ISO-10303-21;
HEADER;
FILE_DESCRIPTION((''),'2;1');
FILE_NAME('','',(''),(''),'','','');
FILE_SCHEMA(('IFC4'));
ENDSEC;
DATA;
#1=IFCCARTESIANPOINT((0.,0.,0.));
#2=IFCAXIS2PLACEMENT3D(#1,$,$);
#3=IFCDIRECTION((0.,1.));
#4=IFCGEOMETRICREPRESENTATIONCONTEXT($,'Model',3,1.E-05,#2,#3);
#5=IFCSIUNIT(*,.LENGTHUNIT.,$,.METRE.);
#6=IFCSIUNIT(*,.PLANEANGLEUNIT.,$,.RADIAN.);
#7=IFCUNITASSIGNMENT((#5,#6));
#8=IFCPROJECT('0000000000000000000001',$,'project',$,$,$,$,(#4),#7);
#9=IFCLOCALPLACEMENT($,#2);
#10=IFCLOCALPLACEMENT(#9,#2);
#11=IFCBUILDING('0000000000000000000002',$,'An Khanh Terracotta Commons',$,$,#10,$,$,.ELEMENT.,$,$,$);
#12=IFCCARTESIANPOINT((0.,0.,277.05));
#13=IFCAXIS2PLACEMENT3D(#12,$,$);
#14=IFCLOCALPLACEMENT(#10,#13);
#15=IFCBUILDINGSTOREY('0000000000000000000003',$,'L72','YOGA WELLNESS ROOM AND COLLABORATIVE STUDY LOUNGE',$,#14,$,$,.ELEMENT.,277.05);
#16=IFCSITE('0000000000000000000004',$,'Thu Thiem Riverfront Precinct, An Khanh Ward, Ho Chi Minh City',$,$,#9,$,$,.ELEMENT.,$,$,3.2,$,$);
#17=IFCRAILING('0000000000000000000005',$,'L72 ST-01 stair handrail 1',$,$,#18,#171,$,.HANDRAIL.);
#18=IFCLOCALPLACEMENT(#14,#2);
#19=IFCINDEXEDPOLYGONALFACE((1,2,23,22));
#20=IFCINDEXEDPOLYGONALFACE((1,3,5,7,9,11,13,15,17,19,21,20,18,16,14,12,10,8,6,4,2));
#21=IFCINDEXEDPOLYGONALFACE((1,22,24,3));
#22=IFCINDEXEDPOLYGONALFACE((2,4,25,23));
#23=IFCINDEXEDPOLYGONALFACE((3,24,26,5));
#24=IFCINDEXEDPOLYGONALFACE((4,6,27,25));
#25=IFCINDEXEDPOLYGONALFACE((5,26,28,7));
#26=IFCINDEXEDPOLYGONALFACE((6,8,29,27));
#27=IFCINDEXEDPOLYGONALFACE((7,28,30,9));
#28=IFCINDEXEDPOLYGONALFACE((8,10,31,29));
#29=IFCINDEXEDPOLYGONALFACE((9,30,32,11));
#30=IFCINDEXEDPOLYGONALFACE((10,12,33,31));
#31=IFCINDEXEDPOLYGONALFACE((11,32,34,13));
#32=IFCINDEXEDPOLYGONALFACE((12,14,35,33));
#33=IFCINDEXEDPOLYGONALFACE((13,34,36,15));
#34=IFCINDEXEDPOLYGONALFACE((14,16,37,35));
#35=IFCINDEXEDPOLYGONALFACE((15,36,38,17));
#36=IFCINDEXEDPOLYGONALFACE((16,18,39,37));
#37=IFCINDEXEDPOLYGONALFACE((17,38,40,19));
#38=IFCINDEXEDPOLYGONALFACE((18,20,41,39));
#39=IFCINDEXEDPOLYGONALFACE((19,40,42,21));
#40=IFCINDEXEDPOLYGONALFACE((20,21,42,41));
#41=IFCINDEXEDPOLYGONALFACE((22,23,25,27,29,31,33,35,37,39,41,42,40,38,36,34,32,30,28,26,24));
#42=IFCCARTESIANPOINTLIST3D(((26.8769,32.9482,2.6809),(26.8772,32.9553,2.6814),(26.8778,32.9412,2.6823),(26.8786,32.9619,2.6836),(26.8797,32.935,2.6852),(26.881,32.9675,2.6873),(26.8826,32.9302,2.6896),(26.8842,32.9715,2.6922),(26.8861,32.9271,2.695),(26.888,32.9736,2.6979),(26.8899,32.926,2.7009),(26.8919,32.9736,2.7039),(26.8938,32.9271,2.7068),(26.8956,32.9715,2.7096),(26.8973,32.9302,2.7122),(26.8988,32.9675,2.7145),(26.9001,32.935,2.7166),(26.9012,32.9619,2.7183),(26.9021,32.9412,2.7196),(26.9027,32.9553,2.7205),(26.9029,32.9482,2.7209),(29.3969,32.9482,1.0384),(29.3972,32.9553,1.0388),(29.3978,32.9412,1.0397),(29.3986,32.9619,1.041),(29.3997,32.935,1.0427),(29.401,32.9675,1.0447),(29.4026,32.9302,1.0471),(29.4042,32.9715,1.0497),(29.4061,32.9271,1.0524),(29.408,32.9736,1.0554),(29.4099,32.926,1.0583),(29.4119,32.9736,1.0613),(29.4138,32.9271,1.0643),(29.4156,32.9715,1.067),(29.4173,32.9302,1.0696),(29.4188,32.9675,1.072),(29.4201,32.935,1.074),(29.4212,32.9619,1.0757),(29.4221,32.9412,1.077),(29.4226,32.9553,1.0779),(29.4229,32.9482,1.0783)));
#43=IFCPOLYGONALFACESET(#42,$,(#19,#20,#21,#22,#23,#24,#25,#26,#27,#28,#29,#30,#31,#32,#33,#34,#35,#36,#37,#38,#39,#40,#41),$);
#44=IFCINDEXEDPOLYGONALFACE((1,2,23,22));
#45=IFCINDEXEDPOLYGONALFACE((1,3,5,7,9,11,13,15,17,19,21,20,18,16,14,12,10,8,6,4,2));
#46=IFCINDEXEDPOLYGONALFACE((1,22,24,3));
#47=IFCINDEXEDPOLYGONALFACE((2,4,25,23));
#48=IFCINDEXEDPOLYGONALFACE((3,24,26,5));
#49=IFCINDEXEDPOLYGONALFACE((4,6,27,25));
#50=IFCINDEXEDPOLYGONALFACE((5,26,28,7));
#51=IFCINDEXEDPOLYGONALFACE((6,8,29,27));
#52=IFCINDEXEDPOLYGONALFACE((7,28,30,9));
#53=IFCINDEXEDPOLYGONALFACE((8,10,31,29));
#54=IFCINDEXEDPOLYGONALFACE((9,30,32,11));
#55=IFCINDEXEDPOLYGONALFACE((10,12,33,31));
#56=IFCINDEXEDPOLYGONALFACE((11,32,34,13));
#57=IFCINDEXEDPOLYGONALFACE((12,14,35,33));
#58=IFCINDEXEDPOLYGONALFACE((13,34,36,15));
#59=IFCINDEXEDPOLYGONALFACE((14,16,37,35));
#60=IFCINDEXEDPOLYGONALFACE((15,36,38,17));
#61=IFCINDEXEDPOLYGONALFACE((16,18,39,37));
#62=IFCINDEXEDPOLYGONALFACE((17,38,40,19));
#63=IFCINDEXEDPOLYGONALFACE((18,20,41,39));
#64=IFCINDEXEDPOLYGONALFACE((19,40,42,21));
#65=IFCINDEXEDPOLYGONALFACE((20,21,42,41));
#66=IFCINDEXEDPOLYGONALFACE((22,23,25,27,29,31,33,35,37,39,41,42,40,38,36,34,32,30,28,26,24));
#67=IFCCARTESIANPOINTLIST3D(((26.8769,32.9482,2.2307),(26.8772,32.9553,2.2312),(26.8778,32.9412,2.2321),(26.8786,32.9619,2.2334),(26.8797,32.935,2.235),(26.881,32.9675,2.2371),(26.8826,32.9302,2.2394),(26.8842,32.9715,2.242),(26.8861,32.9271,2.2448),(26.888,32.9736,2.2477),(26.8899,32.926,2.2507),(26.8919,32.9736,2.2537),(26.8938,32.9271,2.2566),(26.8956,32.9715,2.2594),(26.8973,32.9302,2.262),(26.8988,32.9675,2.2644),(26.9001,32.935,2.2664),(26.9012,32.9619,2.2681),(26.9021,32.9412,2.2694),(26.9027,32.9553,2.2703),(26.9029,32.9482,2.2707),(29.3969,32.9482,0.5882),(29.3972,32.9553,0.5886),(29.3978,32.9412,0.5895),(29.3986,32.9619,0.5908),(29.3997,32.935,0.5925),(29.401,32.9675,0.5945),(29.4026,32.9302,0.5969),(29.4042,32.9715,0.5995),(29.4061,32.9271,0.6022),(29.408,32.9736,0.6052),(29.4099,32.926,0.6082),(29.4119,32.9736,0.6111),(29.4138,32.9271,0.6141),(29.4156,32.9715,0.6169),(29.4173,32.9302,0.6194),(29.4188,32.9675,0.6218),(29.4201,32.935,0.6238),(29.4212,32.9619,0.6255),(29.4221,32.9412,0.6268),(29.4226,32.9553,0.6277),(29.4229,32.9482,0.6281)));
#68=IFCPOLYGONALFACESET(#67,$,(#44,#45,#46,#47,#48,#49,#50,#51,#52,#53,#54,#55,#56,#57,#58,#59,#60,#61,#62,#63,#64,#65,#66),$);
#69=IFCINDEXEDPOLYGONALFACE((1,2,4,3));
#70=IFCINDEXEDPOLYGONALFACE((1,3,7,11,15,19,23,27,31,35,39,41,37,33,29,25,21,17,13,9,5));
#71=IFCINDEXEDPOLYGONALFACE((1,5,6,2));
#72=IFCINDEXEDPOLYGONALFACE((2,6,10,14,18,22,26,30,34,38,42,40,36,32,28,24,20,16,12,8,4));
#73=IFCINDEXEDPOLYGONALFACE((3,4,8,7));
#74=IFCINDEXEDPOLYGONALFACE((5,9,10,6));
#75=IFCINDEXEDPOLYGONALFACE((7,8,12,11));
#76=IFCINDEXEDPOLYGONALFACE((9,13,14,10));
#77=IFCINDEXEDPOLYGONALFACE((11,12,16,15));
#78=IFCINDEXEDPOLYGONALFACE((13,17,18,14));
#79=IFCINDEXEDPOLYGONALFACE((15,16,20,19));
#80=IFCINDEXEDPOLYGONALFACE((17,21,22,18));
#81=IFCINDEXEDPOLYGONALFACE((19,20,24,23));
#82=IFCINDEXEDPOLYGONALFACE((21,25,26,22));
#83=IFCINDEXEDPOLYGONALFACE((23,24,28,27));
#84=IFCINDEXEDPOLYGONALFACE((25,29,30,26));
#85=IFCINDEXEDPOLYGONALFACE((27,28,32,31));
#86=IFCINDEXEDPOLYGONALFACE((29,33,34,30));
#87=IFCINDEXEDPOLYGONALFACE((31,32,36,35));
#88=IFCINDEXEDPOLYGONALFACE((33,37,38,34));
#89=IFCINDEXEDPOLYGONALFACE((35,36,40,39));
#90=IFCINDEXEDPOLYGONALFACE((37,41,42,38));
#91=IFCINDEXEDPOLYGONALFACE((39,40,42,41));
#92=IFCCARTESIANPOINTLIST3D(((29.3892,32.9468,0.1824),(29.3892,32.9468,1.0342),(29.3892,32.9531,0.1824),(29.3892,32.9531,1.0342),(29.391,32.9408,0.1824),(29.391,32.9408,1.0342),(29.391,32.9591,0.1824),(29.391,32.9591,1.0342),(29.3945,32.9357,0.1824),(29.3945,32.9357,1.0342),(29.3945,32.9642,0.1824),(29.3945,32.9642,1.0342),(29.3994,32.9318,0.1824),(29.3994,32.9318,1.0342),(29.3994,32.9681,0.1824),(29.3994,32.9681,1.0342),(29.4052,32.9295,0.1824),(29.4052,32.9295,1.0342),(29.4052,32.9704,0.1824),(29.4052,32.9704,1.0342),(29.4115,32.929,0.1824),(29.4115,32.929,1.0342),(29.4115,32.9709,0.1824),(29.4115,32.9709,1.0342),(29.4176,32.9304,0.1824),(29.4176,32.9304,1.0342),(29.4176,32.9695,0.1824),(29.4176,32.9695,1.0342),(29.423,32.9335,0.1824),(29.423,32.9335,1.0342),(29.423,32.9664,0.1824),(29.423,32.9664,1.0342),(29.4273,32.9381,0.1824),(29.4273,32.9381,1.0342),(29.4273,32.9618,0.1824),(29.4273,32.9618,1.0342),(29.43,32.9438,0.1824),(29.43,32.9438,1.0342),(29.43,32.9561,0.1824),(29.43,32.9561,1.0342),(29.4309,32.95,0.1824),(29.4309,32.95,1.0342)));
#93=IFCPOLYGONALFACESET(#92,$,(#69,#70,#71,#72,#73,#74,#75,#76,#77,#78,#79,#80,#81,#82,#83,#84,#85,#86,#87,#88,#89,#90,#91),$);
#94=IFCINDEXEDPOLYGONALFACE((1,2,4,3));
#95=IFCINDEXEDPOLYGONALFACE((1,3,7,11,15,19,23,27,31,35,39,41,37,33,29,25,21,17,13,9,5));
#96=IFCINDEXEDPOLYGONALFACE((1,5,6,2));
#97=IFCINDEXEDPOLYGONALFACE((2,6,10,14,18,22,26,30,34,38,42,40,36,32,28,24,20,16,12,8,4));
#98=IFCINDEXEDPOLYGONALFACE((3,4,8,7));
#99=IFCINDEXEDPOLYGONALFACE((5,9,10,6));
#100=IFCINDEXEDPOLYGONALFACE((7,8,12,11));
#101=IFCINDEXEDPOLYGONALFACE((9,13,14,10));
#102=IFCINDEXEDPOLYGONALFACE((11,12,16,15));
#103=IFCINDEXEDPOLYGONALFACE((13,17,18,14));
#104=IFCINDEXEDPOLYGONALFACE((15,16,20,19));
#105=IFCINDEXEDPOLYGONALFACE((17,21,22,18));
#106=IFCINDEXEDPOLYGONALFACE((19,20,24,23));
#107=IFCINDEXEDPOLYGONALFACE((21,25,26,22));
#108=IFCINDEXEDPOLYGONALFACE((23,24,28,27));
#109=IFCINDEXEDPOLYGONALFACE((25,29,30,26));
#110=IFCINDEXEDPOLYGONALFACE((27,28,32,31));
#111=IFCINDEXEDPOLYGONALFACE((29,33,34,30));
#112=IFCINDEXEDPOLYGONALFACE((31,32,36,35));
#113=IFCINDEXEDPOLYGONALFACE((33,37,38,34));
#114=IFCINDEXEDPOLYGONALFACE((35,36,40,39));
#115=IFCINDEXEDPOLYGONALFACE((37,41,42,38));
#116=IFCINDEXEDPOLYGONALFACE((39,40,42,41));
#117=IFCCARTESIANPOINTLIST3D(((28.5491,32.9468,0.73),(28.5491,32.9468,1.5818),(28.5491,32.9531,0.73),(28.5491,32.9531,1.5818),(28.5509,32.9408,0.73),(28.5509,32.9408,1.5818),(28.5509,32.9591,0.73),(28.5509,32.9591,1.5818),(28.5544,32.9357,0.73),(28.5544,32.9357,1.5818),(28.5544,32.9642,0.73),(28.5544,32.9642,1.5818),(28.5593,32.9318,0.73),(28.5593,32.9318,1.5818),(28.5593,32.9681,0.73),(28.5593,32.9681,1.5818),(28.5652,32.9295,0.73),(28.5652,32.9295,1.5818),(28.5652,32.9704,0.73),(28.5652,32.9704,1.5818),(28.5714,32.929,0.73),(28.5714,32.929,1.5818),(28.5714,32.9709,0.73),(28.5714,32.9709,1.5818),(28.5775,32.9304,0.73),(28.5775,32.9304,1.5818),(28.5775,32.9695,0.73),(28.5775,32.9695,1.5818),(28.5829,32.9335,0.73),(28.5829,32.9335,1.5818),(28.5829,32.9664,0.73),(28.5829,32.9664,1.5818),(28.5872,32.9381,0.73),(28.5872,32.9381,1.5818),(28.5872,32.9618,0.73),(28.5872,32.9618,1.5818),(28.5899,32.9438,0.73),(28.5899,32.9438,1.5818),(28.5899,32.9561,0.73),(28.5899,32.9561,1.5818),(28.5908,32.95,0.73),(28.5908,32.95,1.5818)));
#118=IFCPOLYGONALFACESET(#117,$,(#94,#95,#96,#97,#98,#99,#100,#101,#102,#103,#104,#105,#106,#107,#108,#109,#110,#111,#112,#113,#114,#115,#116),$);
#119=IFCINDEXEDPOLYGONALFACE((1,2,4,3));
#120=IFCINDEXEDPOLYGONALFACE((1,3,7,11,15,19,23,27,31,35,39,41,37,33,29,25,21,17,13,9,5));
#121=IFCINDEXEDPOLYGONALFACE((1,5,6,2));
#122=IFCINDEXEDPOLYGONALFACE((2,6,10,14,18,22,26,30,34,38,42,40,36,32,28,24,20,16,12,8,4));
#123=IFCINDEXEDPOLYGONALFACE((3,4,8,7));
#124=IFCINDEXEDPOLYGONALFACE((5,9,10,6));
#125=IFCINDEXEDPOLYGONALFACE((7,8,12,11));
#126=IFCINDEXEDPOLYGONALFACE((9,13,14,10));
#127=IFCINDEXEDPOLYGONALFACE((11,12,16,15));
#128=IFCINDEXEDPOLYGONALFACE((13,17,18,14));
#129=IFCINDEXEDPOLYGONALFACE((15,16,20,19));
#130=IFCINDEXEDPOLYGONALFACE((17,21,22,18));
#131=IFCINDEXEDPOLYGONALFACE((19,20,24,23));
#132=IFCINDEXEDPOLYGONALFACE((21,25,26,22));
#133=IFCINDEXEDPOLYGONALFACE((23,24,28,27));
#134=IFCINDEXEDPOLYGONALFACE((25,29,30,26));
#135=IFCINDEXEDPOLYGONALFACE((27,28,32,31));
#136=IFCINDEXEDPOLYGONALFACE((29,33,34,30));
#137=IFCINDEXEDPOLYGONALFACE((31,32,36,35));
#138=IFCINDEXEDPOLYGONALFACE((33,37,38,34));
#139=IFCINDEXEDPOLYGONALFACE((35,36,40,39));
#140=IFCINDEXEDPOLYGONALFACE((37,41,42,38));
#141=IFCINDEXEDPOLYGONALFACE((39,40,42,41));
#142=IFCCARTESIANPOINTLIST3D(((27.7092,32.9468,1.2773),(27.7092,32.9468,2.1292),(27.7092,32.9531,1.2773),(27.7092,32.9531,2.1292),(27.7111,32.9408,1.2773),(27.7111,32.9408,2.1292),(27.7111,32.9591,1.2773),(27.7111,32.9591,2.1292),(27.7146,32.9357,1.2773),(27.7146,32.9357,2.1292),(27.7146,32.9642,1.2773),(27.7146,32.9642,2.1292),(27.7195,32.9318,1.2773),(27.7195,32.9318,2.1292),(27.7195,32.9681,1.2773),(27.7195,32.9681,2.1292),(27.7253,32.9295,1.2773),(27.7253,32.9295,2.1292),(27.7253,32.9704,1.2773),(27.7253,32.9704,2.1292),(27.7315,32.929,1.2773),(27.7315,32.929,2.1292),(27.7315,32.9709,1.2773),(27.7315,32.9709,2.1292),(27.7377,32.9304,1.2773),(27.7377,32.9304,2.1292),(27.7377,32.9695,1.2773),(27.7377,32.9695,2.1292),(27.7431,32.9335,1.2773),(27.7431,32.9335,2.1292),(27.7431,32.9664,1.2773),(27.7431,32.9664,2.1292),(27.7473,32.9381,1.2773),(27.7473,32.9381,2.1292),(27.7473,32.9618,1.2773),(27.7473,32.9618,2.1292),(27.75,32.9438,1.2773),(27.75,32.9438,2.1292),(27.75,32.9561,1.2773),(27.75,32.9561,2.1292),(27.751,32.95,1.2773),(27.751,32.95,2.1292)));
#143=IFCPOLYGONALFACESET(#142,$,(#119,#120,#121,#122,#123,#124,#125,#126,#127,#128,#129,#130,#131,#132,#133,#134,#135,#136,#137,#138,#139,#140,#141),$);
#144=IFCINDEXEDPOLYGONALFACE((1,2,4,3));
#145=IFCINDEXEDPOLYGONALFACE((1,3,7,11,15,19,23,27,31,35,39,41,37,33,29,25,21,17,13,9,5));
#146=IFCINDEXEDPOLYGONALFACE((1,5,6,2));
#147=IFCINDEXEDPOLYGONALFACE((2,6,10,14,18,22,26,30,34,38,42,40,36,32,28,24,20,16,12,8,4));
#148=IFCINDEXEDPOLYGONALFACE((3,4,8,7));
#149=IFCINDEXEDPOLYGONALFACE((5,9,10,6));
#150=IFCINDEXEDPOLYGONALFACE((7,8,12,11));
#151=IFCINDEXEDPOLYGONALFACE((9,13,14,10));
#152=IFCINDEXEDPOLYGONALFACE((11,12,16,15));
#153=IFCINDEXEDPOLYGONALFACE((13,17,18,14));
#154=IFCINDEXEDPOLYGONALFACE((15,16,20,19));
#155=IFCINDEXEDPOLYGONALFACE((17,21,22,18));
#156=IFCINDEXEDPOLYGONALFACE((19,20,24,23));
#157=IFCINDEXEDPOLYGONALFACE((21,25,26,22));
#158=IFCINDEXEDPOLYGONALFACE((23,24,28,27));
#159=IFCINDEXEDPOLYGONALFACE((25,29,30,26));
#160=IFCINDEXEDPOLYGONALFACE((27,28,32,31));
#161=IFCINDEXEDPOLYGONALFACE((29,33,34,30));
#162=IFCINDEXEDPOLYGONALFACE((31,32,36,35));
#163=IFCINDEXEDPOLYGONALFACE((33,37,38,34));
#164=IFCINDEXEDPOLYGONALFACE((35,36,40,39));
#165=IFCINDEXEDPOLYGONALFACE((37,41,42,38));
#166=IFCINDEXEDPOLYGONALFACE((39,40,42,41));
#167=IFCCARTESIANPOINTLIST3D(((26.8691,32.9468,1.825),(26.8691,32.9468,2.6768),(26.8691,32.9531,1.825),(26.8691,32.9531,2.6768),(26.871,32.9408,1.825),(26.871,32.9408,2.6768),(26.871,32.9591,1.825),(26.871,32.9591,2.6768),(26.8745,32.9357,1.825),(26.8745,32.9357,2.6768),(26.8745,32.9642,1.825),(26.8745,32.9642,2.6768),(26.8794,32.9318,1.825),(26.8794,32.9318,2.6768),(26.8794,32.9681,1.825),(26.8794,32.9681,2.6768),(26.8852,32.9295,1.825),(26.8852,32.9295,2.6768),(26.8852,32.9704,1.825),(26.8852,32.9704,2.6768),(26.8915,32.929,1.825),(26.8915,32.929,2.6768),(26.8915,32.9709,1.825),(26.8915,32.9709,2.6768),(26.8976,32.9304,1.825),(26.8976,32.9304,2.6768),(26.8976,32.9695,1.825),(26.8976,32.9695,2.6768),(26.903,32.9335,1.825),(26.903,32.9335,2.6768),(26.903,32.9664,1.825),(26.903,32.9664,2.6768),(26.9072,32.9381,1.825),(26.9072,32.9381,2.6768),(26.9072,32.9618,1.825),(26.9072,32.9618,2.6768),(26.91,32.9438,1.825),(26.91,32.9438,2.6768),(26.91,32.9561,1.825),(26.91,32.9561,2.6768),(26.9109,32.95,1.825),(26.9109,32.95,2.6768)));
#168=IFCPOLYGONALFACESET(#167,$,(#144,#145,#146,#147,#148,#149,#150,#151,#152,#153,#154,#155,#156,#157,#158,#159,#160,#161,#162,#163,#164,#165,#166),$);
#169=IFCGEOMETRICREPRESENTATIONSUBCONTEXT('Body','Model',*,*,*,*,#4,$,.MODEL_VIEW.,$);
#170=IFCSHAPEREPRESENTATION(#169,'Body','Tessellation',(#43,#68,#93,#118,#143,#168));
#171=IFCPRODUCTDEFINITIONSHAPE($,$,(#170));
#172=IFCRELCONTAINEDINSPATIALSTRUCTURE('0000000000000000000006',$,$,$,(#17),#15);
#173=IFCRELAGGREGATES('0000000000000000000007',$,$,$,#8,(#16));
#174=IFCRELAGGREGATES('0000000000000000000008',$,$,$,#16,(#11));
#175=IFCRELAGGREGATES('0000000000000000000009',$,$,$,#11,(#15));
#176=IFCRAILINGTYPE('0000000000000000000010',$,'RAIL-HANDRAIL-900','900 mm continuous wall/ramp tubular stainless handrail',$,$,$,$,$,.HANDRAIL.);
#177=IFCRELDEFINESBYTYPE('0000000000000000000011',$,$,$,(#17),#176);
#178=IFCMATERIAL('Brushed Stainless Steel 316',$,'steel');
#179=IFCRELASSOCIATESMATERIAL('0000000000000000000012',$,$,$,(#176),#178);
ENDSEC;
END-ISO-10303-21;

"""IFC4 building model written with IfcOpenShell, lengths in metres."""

from ifc_helpers import new_model, si_unit, direction, frame, origin, origin_2d, place, context, subcontext, project, spatial, circle, extrude, material, type_object, element, save


model = new_model("IFC4")

# Units and contexts
model_context = context("Model", 3, precision=1e-05, world=origin(), true_north=direction((0.0, 1.0)))
body_context = subcontext(model_context, "Body", "Model", "MODEL_VIEW")
ifc_project = project(units=[si_unit("LENGTHUNIT", "METRE"), si_unit("PLANEANGLEUNIT", "RADIAN")], contexts=[model_context])

# Site, building, storey
site_placement = place(None, origin())
site = spatial("IfcSite", under=ifc_project, at=site_placement, Name="Thu Thiem Riverfront Precinct, An Khanh Ward, Ho Chi Minh City", CompositionType="ELEMENT", RefElevation=3.2)
building_placement = place(site_placement, origin())
building = spatial("IfcBuilding", under=site, at=building_placement, Name="An Khanh Terracotta Commons", CompositionType="ELEMENT")
storey_placement = place(building_placement, frame((0.0, 0.0, 277.05)))
storey = spatial("IfcBuildingStorey", under=building, at=storey_placement, Name="L72", Description="YOGA WELLNESS ROOM AND COLLABORATIVE STUDY LOUNGE", CompositionType="ELEMENT", Elevation=277.05)

# Railing
ifc_material_1 = material(Name="Brushed Stainless Steel 316", Category="steel")
railing_type_1 = type_object("IfcRailingType", Name="RAIL-HANDRAIL-900", Description="900 mm continuous wall/ramp tubular stainless handrail", PredefinedType="HANDRAIL", material=ifc_material_1)
railing_1_placement = place(storey_placement, frame((29.4099, 32.95, 0.1824)))
element("IfcRailing", 1, at=railing_1_placement, inside=storey, type_object=railing_type_1, Name="L72 ST-01 stair handrail 1", PredefinedType="HANDRAIL", context=body_context, shape_type="SweptSolid", body=[
    extrude(circle(Radius=0.0239, at=origin_2d()), frame((0.0, 0.0, 0.876), z_axis=(-0.837749, 0.0, 0.546055), x_axis=(0.0, -1.0, 0.0)), (0.0, 0.0, 1.0), 3.0081),
    extrude(circle(Radius=0.0239, at=origin_2d()), frame((0.0, 0.0, 0.4258), z_axis=(-0.837749, 0.0, 0.546055), x_axis=(0.0, -1.0, 0.0)), (0.0, 0.0, 1.0), 3.0081),
    extrude(circle(Radius=0.021, at=origin_2d()), origin(), (0.0, 0.0, 1.0), 0.8518),
    extrude(circle(Radius=0.021, at=origin_2d()), frame((-0.8401, 0.0, 0.5476)), (0.0, 0.0, 1.0), 0.8518),
    extrude(circle(Radius=0.021, at=origin_2d()), frame((-1.6799, 0.0, 1.095)), (0.0, 0.0, 1.0), 0.8518),
    extrude(circle(Radius=0.021, at=origin_2d()), frame((-2.52, 0.0, 1.6426)), (0.0, 0.0, 1.0), 0.8518),
])

save(model, "model.ifc")
